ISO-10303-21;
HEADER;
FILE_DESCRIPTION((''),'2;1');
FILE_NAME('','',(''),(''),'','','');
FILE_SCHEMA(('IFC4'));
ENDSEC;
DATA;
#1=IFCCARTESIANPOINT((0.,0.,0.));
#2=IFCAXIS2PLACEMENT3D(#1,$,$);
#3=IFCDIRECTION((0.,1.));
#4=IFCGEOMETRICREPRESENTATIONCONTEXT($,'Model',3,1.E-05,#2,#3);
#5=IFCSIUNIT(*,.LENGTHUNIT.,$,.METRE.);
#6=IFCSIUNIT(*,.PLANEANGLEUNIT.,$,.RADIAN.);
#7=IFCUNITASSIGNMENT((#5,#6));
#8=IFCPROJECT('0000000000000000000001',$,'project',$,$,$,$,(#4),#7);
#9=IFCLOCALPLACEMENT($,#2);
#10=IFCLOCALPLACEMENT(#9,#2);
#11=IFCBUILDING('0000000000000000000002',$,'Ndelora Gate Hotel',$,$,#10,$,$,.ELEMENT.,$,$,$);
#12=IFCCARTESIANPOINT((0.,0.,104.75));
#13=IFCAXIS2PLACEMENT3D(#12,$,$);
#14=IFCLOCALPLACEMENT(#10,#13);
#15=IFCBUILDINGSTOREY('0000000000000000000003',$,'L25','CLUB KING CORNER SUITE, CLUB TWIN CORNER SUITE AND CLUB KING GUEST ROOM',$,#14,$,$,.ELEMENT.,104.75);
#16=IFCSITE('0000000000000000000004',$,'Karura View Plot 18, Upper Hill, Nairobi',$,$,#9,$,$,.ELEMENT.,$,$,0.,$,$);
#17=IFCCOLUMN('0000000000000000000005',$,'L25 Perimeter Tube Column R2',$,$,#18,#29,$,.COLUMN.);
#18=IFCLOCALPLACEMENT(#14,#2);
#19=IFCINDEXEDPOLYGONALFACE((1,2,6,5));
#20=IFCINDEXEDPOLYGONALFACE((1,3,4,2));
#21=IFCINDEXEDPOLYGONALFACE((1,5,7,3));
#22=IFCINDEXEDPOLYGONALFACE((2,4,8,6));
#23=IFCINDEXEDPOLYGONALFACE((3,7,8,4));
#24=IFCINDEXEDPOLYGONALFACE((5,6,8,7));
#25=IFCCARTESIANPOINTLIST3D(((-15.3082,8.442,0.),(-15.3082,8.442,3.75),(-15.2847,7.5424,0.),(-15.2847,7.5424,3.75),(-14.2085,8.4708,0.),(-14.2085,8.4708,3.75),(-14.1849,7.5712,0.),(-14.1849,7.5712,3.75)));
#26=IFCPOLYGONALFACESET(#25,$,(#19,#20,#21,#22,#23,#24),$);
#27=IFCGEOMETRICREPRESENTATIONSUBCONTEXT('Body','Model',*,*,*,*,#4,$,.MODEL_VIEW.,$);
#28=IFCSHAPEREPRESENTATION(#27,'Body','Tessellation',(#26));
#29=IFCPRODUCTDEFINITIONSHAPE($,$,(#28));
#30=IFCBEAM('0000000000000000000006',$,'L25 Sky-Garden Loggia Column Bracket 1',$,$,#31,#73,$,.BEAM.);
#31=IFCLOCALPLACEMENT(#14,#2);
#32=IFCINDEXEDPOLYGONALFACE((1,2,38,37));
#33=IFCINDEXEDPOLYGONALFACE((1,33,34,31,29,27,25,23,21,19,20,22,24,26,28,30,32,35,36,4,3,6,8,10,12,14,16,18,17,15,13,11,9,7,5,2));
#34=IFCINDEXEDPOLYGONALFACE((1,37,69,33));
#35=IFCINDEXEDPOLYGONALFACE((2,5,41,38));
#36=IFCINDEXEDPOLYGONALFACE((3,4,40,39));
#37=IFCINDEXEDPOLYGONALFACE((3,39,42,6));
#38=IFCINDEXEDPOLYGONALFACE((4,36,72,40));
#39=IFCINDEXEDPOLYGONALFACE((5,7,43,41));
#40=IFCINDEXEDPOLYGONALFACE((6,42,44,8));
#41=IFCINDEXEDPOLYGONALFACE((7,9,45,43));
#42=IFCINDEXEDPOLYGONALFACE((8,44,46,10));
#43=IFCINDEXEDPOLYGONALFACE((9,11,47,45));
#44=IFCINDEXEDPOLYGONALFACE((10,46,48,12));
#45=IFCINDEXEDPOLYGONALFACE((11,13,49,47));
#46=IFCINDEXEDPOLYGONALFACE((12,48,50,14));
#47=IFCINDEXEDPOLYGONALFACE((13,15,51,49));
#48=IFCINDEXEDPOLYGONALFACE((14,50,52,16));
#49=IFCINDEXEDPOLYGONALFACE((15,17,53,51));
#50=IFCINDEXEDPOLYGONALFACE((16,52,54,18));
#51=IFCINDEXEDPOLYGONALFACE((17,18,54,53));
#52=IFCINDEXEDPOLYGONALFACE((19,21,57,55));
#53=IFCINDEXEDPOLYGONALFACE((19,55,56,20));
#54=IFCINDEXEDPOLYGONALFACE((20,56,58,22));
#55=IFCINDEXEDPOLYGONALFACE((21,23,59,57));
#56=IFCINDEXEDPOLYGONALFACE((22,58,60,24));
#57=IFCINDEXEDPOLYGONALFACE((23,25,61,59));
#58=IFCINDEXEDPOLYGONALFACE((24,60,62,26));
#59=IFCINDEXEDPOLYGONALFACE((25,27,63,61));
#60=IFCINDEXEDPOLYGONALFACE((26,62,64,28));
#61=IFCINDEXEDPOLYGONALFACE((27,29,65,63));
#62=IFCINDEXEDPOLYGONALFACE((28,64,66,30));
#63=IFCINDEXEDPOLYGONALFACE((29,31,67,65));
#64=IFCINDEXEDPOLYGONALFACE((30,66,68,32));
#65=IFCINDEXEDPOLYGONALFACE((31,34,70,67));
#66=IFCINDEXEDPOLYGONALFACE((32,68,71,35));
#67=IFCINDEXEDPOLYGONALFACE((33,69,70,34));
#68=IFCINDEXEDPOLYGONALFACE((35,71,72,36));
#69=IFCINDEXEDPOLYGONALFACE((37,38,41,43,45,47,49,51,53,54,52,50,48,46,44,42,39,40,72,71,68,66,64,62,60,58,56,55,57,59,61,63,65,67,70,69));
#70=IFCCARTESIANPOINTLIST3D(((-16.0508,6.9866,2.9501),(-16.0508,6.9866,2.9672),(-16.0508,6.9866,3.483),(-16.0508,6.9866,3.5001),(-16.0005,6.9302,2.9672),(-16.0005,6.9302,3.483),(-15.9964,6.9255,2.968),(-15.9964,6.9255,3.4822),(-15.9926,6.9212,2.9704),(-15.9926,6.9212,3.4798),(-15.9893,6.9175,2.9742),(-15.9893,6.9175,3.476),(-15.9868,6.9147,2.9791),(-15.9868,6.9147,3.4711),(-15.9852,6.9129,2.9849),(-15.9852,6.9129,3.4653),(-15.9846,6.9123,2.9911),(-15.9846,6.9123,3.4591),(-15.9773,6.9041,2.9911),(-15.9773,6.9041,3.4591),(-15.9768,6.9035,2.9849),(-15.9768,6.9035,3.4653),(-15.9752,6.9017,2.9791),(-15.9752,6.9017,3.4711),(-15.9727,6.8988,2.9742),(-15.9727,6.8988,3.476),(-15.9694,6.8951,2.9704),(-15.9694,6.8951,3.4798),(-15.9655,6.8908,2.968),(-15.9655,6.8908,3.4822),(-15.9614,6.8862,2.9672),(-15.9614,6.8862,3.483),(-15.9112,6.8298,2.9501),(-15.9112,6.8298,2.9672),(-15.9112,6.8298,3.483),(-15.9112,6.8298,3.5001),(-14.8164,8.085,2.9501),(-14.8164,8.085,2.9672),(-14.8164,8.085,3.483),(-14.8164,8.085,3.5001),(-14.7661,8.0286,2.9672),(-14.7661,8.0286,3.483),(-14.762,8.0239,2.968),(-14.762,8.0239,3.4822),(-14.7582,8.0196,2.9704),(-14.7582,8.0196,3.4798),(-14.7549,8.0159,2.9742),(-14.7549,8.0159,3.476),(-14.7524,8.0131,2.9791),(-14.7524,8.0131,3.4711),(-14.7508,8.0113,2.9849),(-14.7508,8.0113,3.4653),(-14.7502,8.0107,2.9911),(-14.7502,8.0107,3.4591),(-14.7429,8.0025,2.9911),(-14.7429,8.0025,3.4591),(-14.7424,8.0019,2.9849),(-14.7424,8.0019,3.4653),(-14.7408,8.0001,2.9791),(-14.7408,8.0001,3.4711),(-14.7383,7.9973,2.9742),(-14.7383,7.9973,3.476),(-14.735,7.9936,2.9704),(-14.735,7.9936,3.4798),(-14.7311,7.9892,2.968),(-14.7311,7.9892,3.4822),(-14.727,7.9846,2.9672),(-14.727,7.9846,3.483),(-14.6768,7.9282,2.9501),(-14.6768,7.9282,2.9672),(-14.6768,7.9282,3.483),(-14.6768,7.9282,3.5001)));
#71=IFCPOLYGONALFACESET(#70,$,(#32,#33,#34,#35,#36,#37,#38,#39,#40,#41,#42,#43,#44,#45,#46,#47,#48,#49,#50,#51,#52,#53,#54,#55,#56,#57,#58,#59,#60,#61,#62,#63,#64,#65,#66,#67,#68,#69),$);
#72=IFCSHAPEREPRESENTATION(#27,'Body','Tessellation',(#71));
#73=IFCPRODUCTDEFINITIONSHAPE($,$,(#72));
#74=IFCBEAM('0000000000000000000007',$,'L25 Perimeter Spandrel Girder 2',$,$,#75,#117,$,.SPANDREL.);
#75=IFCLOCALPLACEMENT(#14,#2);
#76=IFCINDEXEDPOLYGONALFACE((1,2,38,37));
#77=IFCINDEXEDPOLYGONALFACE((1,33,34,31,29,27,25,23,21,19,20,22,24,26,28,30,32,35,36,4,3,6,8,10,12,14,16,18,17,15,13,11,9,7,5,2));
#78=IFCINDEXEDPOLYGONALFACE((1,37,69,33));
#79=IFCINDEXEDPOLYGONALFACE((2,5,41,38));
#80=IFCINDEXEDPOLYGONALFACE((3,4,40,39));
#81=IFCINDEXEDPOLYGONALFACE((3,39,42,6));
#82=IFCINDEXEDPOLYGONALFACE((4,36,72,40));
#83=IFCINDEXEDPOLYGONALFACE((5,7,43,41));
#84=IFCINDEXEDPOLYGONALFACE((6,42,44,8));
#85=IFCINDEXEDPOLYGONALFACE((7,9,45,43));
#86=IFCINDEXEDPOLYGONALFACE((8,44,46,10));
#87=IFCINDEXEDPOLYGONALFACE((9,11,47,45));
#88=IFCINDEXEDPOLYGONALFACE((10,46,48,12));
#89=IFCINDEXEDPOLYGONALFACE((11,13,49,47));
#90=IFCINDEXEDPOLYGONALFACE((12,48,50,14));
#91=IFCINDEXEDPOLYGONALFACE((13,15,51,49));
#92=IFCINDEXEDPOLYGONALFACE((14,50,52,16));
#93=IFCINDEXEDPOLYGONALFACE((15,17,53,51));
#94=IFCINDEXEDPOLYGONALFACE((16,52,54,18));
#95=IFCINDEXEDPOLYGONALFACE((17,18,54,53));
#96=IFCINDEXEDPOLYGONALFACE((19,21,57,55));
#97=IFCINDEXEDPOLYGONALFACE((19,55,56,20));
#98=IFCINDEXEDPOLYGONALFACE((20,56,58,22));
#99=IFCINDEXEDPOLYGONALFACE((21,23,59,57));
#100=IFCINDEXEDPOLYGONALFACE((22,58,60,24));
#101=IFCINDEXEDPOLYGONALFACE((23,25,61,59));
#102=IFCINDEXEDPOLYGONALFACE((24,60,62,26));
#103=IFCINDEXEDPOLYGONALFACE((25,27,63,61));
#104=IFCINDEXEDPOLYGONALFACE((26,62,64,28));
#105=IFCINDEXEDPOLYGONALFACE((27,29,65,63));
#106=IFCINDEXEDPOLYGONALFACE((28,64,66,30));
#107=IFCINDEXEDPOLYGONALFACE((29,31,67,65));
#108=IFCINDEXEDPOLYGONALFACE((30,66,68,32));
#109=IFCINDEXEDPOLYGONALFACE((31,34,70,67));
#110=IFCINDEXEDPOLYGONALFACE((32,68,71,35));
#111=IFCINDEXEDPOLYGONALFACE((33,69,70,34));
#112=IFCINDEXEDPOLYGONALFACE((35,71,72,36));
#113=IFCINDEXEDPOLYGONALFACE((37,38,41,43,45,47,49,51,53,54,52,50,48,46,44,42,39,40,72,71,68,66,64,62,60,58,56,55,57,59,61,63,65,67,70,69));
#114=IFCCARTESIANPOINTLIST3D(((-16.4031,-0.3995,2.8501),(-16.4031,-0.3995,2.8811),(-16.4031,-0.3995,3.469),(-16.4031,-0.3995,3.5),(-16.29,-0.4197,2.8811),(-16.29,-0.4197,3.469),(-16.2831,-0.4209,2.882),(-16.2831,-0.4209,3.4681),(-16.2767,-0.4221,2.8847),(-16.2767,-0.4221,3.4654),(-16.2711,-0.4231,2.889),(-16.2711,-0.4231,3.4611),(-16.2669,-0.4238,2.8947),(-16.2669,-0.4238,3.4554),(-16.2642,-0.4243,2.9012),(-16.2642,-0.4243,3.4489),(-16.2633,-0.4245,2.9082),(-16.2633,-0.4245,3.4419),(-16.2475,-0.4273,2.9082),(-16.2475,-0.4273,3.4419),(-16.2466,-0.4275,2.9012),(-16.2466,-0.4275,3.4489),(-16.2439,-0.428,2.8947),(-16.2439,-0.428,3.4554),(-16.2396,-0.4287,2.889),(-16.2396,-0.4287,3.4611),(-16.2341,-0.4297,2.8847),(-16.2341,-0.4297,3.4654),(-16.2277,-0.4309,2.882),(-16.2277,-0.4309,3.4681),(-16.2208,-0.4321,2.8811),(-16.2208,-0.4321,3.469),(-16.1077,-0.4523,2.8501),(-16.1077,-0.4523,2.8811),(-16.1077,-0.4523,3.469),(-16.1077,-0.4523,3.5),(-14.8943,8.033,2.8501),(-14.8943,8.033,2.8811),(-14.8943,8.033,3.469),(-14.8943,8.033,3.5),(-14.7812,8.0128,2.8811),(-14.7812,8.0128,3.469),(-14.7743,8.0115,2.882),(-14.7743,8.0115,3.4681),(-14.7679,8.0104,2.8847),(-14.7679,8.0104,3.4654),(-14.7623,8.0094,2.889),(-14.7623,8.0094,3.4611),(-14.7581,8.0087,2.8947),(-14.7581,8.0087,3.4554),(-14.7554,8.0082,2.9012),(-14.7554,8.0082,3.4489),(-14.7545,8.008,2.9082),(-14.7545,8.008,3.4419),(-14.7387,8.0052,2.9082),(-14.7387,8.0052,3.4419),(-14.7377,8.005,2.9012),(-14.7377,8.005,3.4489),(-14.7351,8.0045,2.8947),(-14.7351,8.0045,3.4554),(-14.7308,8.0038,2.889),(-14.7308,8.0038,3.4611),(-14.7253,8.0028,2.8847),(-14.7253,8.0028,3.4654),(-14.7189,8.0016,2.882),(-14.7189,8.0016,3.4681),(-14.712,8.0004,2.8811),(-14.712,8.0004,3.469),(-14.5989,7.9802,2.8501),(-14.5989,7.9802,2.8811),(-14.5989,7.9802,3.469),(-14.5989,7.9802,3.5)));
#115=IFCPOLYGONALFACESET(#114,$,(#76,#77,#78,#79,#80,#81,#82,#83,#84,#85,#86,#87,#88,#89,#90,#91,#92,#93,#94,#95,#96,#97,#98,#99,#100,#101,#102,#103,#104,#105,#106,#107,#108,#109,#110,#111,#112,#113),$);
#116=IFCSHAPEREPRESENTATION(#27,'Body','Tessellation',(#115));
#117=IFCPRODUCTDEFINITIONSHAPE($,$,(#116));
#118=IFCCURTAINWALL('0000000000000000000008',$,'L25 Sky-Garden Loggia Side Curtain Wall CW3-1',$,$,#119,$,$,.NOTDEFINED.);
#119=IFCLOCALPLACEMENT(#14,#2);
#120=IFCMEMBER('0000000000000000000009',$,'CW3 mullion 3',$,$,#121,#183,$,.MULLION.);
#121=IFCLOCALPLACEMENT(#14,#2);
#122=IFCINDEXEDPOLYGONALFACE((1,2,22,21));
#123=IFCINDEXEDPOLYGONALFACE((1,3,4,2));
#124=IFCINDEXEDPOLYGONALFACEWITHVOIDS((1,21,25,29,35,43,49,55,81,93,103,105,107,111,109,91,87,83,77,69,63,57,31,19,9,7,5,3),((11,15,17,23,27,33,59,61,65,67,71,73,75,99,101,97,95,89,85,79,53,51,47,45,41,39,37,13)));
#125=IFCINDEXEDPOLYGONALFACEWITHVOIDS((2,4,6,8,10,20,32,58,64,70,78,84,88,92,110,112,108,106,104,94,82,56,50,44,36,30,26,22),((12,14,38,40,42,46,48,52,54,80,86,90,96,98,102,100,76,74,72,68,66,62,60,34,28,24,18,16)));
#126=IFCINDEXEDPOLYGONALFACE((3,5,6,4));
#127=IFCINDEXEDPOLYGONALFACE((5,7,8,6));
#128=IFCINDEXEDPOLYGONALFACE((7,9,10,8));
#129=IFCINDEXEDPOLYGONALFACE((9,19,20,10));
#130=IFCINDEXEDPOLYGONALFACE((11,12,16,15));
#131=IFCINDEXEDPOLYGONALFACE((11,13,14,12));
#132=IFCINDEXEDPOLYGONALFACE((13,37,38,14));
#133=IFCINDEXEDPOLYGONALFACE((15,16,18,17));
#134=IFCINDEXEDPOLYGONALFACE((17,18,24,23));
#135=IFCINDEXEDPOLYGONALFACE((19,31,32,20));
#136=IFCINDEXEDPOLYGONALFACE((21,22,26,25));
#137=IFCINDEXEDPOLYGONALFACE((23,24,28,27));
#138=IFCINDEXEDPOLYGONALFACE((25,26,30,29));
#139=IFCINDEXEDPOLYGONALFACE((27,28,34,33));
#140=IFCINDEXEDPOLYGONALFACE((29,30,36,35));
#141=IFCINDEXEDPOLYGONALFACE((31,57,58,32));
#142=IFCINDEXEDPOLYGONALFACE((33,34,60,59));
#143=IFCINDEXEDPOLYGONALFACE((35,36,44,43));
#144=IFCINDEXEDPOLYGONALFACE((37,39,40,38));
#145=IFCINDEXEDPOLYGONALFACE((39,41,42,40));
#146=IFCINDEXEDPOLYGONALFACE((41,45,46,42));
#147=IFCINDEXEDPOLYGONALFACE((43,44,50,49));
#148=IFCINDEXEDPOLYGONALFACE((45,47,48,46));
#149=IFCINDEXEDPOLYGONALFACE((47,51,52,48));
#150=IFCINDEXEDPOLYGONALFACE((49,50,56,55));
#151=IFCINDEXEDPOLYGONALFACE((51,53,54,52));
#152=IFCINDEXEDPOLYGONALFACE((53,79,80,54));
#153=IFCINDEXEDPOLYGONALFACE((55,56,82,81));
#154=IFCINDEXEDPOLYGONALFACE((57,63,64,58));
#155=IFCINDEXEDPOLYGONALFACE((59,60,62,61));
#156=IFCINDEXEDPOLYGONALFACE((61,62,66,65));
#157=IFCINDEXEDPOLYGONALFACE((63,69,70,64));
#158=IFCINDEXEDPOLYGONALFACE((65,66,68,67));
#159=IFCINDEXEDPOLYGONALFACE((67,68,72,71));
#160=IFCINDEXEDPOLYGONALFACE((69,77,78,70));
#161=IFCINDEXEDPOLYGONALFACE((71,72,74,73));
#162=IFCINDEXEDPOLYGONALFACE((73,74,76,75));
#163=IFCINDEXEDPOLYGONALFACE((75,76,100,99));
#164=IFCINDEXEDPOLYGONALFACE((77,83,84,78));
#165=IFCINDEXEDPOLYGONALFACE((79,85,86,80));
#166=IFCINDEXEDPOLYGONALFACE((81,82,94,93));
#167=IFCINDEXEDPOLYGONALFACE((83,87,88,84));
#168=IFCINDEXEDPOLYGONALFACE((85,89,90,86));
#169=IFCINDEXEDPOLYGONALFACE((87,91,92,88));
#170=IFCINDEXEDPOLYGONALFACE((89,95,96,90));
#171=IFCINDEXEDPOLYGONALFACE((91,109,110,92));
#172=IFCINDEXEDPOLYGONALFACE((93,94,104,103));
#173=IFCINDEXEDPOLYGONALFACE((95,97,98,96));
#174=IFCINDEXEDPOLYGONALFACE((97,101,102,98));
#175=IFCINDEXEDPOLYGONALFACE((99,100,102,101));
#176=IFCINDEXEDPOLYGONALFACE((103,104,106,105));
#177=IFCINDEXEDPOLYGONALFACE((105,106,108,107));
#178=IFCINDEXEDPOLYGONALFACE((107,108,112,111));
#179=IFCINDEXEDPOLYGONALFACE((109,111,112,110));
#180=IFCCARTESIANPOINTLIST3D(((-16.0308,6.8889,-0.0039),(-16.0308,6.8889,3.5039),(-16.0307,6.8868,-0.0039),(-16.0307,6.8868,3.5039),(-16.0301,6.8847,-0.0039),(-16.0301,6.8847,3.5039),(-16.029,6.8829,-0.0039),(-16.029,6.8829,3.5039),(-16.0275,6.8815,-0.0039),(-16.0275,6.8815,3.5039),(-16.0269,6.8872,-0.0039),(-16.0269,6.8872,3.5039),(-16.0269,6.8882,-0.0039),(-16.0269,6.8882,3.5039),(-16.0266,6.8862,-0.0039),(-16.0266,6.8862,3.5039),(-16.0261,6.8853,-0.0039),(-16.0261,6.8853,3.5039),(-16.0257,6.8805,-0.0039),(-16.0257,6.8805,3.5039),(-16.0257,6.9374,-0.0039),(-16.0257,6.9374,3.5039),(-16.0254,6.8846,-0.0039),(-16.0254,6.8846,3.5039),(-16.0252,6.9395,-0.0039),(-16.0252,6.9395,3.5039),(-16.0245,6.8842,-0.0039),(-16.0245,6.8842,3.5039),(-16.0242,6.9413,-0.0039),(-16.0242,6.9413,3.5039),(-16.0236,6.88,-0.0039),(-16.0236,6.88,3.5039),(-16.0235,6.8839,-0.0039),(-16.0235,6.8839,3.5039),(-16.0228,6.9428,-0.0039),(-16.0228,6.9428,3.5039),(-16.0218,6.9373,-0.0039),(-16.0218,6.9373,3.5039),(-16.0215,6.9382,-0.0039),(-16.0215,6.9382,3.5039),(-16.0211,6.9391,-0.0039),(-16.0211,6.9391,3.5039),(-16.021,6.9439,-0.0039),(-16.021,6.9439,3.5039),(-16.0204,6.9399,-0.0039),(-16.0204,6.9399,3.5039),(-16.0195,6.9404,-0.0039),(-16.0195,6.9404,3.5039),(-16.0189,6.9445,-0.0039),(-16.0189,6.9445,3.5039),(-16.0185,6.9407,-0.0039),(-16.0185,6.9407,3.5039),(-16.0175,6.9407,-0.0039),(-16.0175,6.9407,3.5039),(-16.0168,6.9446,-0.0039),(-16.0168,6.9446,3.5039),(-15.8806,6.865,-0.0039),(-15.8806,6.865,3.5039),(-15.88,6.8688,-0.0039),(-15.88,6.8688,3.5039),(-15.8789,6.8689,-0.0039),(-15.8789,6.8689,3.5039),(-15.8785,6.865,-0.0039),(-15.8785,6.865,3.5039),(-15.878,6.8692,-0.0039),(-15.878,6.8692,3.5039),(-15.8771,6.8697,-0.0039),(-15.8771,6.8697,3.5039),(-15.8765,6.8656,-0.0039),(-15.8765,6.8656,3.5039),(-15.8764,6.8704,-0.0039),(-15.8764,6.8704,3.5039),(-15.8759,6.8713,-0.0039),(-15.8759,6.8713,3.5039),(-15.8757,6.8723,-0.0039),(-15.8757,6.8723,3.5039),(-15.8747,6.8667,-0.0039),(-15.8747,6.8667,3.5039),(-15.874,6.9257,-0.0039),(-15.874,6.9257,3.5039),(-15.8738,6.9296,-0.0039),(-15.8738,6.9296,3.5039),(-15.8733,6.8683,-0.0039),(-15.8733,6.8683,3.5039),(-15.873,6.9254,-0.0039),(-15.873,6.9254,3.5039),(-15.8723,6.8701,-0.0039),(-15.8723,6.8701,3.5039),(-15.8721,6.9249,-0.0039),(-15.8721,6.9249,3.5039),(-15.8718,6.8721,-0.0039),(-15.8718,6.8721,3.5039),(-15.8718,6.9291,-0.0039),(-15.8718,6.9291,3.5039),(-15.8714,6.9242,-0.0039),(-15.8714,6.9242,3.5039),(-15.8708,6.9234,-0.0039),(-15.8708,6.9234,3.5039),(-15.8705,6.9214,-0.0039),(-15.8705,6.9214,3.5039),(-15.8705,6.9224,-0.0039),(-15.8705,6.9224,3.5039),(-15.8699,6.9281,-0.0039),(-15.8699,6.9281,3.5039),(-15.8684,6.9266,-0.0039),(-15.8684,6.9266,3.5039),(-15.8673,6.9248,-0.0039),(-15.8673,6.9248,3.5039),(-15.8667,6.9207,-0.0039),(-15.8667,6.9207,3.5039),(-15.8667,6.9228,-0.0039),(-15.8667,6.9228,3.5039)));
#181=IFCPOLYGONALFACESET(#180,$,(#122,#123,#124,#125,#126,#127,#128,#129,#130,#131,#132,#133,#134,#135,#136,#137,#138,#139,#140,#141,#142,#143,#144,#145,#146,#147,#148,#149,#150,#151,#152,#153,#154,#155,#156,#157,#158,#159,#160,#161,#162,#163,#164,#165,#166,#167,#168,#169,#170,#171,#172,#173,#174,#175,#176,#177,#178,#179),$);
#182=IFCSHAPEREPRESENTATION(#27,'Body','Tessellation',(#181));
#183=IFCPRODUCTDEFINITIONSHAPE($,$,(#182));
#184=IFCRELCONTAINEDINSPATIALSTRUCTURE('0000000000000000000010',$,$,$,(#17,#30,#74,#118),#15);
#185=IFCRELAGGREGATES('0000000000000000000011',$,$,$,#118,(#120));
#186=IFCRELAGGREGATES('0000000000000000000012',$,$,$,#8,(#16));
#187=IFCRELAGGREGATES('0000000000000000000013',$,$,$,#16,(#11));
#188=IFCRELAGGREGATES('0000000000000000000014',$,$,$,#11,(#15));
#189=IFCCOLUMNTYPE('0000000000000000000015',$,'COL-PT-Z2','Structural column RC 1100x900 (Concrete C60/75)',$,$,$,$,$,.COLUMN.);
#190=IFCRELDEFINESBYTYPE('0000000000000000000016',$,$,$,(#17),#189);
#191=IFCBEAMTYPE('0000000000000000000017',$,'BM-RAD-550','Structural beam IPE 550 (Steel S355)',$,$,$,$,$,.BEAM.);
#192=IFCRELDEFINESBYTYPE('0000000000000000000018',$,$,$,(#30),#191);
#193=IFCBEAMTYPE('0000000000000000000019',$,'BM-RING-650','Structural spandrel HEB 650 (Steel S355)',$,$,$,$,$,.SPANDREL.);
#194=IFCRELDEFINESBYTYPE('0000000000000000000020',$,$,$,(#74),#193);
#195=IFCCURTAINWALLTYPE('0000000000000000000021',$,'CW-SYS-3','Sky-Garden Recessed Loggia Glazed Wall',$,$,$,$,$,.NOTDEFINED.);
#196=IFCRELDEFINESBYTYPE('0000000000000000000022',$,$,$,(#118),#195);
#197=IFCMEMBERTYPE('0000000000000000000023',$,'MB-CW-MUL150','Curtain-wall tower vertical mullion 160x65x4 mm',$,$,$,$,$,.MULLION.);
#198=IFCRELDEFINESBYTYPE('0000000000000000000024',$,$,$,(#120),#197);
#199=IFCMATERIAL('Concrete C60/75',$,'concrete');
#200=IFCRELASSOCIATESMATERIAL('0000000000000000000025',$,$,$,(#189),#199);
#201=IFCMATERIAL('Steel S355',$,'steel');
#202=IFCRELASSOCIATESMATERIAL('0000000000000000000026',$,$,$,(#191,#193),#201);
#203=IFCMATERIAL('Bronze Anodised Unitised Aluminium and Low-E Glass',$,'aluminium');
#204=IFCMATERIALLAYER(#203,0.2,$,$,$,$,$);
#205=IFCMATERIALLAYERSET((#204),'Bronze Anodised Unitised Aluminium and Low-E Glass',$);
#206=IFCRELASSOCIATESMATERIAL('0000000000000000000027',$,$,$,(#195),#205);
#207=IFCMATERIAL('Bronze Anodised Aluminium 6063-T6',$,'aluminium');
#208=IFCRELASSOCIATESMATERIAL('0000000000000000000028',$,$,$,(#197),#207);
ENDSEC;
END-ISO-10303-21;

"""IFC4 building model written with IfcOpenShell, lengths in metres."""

from ifc_helpers import new_model, si_unit, direction, frame, origin, origin_2d, place, context, subcontext, project, spatial, rectangle, hollow_rectangle, i_section, extrude, material, layer, layer_set, material_profile, profile_set, type_object, element, aggregate, save


model = new_model("IFC4")

# Units and contexts
model_context = context("Model", 3, precision=1e-05, world=origin(), true_north=direction((0.0, 1.0)))
body_context = subcontext(model_context, "Body", "Model", "MODEL_VIEW")
ifc_project = project(units=[si_unit("LENGTHUNIT", "METRE"), si_unit("PLANEANGLEUNIT", "RADIAN")], contexts=[model_context])

# Site, building, storey
site_placement = place(None, origin())
site = spatial("IfcSite", under=ifc_project, at=site_placement, Name="Karura View Plot 18, Upper Hill, Nairobi", CompositionType="ELEMENT", RefElevation=0.0)
building_placement = place(site_placement, origin())
building = spatial("IfcBuilding", under=site, at=building_placement, Name="Ndelora Gate Hotel", CompositionType="ELEMENT")
storey_placement = place(building_placement, frame((0.0, 0.0, 104.75)))
storey = spatial("IfcBuildingStorey", under=building, at=storey_placement, Name="L25", Description="CLUB KING CORNER SUITE, CLUB TWIN CORNER SUITE AND CLUB KING GUEST ROOM", CompositionType="ELEMENT", Elevation=104.75)

# Column
ifc_material_1 = material(Name="Concrete C60/75", Category="concrete")
ifc_material_profile_1 = material_profile(ifc_material_1, rectangle(XDim=0.8999, YDim=1.1001, at=origin_2d()), Name="RC 1100x900")
ifc_profile_set_1 = profile_set([ifc_material_profile_1], Name="Concrete C60/75")
column_type = type_object("IfcColumnType", Name="COL-PT-Z2", Description="Structural column RC 1100x900 (Concrete C60/75)", PredefinedType="COLUMN", material=ifc_profile_set_1)
column_placement = place(storey_placement, frame((-14.7466, 8.0066, 0.0), z_axis=(0.0, 0.0, 1.0), x_axis=(-0.026177, 0.999657, 0.0)))
element("IfcColumn", 1, at=column_placement, inside=storey, type_object=column_type, Name="L25 Perimeter Tube Column R2", PredefinedType="COLUMN", context=body_context, shape_type="SweptSolid", body=[
    extrude(rectangle(XDim=0.8999, YDim=1.1001, at=origin_2d()), origin(), (0.0, 0.0, 1.0), 3.75),
])

# Beams
ifc_material_2 = material(Name="Steel S355", Category="steel")
ifc_material_profile_2 = material_profile(ifc_material_2, i_section(OverallWidth=0.21, OverallDepth=0.55, WebThickness=0.011, FlangeThickness=0.0171, FilletRadius=0.0239, at=origin_2d()), Name="IPE 550")
ifc_profile_set_2 = profile_set([ifc_material_profile_2], Name="Steel S355")
beam_type_1 = type_object("IfcBeamType", Name="BM-RAD-550", Description="Structural beam IPE 550 (Steel S355)", PredefinedType="BEAM", material=ifc_profile_set_2)
beam_1_placement = place(storey_placement, frame((-14.7466, 8.0066, 3.2251), z_axis=(-0.747059, -0.664758, 0.0), x_axis=(0.664758, -0.747059, 0.0)))
element("IfcBeam", 2, at=beam_1_placement, inside=storey, type_object=beam_type_1, Name="L25 Sky-Garden Loggia Column Bracket 1", PredefinedType="BEAM", context=body_context, shape_type="SweptSolid", body=[
    extrude(i_section(OverallWidth=0.21, OverallDepth=0.55, WebThickness=0.011, FlangeThickness=0.0171, FilletRadius=0.0239, at=origin_2d()), origin(), (0.0, 0.0, 1.0), 1.6523),
])
ifc_material_profile_3 = material_profile(ifc_material_2, i_section(OverallWidth=0.3, OverallDepth=0.6499, WebThickness=0.0161, FlangeThickness=0.031, FilletRadius=0.0271, at=origin_2d()), Name="HEB 650")
ifc_profile_set_3 = profile_set([ifc_material_profile_3], Name="Steel S355")
beam_type_2 = type_object("IfcBeamType", Name="BM-RING-650", Description="Structural spandrel HEB 650 (Steel S355)", PredefinedType="SPANDREL", material=ifc_profile_set_3)
beam_2_placement = place(storey_placement, frame((-14.7466, 8.0066, 3.175), z_axis=(-0.176131, -0.984367, 0.0), x_axis=(0.984367, -0.176131, 0.0)))
element("IfcBeam", 3, at=beam_2_placement, inside=storey, type_object=beam_type_2, Name="L25 Perimeter Spandrel Girder 2", PredefinedType="SPANDREL", context=body_context, shape_type="SweptSolid", body=[
    extrude(i_section(OverallWidth=0.3, OverallDepth=0.6499, WebThickness=0.0161, FlangeThickness=0.031, FilletRadius=0.0271, at=origin_2d()), origin(), (0.0, 0.0, 1.0), 8.5664),
])

# Curtain wall, member
ifc_material_3 = material(Name="Bronze Anodised Unitised Aluminium and Low-E Glass", Category="aluminium")
ifc_layer_1 = layer(ifc_material_3, 0.2)
ifc_layer_set_1 = layer_set([ifc_layer_1], Name="Bronze Anodised Unitised Aluminium and Low-E Glass")
curtain_wall_type = type_object("IfcCurtainWallType", Name="CW-SYS-3", Description="Sky-Garden Recessed Loggia Glazed Wall", PredefinedType="NOTDEFINED", material=ifc_layer_set_1)
curtain_wall_placement = place(storey_placement, origin())
curtain_wall = element("IfcCurtainWall", 4, at=curtain_wall_placement, inside=storey, type_object=curtain_wall_type, Name="L25 Sky-Garden Loggia Side Curtain Wall CW3-1", PredefinedType="NOTDEFINED")
ifc_material_4 = material(Name="Bronze Anodised Aluminium 6063-T6", Category="aluminium")
ifc_material_profile_4 = material_profile(ifc_material_4, hollow_rectangle(XDim=0.0649, YDim=0.1599, WallThickness=0.0039, InnerFilletRadius=0.0039, OuterFilletRadius=0.0081, at=origin_2d()), Name="ALU 160x65x4")
ifc_profile_set_4 = profile_set([ifc_material_profile_4], Name="Bronze Anodised Aluminium 6063-T6")
member_type_1 = type_object("IfcMemberType", Name="MB-CW-MUL150", Description="Curtain-wall tower vertical mullion 160x65x4 mm", PredefinedType="MULLION", material=ifc_profile_set_4)
member_1_placement = place(storey_placement, frame((-15.9487, 6.9048, -0.0039), z_axis=(0.0, 0.0, 1.0), x_axis=(-0.104503, -0.994525, 0.0)))
member_1 = element("IfcMember", 5, at=member_1_placement, type_object=member_type_1, Name="CW3 mullion 3", PredefinedType="MULLION", context=body_context, shape_type="SweptSolid", body=[
    extrude(hollow_rectangle(XDim=0.0649, YDim=0.1599, WallThickness=0.0039, InnerFilletRadius=0.0039, OuterFilletRadius=0.0081, at=origin_2d()), origin(), (0.0, 0.0, 1.0), 3.5078),
])
aggregate(curtain_wall, [member_1])

save(model, "model.ifc")
